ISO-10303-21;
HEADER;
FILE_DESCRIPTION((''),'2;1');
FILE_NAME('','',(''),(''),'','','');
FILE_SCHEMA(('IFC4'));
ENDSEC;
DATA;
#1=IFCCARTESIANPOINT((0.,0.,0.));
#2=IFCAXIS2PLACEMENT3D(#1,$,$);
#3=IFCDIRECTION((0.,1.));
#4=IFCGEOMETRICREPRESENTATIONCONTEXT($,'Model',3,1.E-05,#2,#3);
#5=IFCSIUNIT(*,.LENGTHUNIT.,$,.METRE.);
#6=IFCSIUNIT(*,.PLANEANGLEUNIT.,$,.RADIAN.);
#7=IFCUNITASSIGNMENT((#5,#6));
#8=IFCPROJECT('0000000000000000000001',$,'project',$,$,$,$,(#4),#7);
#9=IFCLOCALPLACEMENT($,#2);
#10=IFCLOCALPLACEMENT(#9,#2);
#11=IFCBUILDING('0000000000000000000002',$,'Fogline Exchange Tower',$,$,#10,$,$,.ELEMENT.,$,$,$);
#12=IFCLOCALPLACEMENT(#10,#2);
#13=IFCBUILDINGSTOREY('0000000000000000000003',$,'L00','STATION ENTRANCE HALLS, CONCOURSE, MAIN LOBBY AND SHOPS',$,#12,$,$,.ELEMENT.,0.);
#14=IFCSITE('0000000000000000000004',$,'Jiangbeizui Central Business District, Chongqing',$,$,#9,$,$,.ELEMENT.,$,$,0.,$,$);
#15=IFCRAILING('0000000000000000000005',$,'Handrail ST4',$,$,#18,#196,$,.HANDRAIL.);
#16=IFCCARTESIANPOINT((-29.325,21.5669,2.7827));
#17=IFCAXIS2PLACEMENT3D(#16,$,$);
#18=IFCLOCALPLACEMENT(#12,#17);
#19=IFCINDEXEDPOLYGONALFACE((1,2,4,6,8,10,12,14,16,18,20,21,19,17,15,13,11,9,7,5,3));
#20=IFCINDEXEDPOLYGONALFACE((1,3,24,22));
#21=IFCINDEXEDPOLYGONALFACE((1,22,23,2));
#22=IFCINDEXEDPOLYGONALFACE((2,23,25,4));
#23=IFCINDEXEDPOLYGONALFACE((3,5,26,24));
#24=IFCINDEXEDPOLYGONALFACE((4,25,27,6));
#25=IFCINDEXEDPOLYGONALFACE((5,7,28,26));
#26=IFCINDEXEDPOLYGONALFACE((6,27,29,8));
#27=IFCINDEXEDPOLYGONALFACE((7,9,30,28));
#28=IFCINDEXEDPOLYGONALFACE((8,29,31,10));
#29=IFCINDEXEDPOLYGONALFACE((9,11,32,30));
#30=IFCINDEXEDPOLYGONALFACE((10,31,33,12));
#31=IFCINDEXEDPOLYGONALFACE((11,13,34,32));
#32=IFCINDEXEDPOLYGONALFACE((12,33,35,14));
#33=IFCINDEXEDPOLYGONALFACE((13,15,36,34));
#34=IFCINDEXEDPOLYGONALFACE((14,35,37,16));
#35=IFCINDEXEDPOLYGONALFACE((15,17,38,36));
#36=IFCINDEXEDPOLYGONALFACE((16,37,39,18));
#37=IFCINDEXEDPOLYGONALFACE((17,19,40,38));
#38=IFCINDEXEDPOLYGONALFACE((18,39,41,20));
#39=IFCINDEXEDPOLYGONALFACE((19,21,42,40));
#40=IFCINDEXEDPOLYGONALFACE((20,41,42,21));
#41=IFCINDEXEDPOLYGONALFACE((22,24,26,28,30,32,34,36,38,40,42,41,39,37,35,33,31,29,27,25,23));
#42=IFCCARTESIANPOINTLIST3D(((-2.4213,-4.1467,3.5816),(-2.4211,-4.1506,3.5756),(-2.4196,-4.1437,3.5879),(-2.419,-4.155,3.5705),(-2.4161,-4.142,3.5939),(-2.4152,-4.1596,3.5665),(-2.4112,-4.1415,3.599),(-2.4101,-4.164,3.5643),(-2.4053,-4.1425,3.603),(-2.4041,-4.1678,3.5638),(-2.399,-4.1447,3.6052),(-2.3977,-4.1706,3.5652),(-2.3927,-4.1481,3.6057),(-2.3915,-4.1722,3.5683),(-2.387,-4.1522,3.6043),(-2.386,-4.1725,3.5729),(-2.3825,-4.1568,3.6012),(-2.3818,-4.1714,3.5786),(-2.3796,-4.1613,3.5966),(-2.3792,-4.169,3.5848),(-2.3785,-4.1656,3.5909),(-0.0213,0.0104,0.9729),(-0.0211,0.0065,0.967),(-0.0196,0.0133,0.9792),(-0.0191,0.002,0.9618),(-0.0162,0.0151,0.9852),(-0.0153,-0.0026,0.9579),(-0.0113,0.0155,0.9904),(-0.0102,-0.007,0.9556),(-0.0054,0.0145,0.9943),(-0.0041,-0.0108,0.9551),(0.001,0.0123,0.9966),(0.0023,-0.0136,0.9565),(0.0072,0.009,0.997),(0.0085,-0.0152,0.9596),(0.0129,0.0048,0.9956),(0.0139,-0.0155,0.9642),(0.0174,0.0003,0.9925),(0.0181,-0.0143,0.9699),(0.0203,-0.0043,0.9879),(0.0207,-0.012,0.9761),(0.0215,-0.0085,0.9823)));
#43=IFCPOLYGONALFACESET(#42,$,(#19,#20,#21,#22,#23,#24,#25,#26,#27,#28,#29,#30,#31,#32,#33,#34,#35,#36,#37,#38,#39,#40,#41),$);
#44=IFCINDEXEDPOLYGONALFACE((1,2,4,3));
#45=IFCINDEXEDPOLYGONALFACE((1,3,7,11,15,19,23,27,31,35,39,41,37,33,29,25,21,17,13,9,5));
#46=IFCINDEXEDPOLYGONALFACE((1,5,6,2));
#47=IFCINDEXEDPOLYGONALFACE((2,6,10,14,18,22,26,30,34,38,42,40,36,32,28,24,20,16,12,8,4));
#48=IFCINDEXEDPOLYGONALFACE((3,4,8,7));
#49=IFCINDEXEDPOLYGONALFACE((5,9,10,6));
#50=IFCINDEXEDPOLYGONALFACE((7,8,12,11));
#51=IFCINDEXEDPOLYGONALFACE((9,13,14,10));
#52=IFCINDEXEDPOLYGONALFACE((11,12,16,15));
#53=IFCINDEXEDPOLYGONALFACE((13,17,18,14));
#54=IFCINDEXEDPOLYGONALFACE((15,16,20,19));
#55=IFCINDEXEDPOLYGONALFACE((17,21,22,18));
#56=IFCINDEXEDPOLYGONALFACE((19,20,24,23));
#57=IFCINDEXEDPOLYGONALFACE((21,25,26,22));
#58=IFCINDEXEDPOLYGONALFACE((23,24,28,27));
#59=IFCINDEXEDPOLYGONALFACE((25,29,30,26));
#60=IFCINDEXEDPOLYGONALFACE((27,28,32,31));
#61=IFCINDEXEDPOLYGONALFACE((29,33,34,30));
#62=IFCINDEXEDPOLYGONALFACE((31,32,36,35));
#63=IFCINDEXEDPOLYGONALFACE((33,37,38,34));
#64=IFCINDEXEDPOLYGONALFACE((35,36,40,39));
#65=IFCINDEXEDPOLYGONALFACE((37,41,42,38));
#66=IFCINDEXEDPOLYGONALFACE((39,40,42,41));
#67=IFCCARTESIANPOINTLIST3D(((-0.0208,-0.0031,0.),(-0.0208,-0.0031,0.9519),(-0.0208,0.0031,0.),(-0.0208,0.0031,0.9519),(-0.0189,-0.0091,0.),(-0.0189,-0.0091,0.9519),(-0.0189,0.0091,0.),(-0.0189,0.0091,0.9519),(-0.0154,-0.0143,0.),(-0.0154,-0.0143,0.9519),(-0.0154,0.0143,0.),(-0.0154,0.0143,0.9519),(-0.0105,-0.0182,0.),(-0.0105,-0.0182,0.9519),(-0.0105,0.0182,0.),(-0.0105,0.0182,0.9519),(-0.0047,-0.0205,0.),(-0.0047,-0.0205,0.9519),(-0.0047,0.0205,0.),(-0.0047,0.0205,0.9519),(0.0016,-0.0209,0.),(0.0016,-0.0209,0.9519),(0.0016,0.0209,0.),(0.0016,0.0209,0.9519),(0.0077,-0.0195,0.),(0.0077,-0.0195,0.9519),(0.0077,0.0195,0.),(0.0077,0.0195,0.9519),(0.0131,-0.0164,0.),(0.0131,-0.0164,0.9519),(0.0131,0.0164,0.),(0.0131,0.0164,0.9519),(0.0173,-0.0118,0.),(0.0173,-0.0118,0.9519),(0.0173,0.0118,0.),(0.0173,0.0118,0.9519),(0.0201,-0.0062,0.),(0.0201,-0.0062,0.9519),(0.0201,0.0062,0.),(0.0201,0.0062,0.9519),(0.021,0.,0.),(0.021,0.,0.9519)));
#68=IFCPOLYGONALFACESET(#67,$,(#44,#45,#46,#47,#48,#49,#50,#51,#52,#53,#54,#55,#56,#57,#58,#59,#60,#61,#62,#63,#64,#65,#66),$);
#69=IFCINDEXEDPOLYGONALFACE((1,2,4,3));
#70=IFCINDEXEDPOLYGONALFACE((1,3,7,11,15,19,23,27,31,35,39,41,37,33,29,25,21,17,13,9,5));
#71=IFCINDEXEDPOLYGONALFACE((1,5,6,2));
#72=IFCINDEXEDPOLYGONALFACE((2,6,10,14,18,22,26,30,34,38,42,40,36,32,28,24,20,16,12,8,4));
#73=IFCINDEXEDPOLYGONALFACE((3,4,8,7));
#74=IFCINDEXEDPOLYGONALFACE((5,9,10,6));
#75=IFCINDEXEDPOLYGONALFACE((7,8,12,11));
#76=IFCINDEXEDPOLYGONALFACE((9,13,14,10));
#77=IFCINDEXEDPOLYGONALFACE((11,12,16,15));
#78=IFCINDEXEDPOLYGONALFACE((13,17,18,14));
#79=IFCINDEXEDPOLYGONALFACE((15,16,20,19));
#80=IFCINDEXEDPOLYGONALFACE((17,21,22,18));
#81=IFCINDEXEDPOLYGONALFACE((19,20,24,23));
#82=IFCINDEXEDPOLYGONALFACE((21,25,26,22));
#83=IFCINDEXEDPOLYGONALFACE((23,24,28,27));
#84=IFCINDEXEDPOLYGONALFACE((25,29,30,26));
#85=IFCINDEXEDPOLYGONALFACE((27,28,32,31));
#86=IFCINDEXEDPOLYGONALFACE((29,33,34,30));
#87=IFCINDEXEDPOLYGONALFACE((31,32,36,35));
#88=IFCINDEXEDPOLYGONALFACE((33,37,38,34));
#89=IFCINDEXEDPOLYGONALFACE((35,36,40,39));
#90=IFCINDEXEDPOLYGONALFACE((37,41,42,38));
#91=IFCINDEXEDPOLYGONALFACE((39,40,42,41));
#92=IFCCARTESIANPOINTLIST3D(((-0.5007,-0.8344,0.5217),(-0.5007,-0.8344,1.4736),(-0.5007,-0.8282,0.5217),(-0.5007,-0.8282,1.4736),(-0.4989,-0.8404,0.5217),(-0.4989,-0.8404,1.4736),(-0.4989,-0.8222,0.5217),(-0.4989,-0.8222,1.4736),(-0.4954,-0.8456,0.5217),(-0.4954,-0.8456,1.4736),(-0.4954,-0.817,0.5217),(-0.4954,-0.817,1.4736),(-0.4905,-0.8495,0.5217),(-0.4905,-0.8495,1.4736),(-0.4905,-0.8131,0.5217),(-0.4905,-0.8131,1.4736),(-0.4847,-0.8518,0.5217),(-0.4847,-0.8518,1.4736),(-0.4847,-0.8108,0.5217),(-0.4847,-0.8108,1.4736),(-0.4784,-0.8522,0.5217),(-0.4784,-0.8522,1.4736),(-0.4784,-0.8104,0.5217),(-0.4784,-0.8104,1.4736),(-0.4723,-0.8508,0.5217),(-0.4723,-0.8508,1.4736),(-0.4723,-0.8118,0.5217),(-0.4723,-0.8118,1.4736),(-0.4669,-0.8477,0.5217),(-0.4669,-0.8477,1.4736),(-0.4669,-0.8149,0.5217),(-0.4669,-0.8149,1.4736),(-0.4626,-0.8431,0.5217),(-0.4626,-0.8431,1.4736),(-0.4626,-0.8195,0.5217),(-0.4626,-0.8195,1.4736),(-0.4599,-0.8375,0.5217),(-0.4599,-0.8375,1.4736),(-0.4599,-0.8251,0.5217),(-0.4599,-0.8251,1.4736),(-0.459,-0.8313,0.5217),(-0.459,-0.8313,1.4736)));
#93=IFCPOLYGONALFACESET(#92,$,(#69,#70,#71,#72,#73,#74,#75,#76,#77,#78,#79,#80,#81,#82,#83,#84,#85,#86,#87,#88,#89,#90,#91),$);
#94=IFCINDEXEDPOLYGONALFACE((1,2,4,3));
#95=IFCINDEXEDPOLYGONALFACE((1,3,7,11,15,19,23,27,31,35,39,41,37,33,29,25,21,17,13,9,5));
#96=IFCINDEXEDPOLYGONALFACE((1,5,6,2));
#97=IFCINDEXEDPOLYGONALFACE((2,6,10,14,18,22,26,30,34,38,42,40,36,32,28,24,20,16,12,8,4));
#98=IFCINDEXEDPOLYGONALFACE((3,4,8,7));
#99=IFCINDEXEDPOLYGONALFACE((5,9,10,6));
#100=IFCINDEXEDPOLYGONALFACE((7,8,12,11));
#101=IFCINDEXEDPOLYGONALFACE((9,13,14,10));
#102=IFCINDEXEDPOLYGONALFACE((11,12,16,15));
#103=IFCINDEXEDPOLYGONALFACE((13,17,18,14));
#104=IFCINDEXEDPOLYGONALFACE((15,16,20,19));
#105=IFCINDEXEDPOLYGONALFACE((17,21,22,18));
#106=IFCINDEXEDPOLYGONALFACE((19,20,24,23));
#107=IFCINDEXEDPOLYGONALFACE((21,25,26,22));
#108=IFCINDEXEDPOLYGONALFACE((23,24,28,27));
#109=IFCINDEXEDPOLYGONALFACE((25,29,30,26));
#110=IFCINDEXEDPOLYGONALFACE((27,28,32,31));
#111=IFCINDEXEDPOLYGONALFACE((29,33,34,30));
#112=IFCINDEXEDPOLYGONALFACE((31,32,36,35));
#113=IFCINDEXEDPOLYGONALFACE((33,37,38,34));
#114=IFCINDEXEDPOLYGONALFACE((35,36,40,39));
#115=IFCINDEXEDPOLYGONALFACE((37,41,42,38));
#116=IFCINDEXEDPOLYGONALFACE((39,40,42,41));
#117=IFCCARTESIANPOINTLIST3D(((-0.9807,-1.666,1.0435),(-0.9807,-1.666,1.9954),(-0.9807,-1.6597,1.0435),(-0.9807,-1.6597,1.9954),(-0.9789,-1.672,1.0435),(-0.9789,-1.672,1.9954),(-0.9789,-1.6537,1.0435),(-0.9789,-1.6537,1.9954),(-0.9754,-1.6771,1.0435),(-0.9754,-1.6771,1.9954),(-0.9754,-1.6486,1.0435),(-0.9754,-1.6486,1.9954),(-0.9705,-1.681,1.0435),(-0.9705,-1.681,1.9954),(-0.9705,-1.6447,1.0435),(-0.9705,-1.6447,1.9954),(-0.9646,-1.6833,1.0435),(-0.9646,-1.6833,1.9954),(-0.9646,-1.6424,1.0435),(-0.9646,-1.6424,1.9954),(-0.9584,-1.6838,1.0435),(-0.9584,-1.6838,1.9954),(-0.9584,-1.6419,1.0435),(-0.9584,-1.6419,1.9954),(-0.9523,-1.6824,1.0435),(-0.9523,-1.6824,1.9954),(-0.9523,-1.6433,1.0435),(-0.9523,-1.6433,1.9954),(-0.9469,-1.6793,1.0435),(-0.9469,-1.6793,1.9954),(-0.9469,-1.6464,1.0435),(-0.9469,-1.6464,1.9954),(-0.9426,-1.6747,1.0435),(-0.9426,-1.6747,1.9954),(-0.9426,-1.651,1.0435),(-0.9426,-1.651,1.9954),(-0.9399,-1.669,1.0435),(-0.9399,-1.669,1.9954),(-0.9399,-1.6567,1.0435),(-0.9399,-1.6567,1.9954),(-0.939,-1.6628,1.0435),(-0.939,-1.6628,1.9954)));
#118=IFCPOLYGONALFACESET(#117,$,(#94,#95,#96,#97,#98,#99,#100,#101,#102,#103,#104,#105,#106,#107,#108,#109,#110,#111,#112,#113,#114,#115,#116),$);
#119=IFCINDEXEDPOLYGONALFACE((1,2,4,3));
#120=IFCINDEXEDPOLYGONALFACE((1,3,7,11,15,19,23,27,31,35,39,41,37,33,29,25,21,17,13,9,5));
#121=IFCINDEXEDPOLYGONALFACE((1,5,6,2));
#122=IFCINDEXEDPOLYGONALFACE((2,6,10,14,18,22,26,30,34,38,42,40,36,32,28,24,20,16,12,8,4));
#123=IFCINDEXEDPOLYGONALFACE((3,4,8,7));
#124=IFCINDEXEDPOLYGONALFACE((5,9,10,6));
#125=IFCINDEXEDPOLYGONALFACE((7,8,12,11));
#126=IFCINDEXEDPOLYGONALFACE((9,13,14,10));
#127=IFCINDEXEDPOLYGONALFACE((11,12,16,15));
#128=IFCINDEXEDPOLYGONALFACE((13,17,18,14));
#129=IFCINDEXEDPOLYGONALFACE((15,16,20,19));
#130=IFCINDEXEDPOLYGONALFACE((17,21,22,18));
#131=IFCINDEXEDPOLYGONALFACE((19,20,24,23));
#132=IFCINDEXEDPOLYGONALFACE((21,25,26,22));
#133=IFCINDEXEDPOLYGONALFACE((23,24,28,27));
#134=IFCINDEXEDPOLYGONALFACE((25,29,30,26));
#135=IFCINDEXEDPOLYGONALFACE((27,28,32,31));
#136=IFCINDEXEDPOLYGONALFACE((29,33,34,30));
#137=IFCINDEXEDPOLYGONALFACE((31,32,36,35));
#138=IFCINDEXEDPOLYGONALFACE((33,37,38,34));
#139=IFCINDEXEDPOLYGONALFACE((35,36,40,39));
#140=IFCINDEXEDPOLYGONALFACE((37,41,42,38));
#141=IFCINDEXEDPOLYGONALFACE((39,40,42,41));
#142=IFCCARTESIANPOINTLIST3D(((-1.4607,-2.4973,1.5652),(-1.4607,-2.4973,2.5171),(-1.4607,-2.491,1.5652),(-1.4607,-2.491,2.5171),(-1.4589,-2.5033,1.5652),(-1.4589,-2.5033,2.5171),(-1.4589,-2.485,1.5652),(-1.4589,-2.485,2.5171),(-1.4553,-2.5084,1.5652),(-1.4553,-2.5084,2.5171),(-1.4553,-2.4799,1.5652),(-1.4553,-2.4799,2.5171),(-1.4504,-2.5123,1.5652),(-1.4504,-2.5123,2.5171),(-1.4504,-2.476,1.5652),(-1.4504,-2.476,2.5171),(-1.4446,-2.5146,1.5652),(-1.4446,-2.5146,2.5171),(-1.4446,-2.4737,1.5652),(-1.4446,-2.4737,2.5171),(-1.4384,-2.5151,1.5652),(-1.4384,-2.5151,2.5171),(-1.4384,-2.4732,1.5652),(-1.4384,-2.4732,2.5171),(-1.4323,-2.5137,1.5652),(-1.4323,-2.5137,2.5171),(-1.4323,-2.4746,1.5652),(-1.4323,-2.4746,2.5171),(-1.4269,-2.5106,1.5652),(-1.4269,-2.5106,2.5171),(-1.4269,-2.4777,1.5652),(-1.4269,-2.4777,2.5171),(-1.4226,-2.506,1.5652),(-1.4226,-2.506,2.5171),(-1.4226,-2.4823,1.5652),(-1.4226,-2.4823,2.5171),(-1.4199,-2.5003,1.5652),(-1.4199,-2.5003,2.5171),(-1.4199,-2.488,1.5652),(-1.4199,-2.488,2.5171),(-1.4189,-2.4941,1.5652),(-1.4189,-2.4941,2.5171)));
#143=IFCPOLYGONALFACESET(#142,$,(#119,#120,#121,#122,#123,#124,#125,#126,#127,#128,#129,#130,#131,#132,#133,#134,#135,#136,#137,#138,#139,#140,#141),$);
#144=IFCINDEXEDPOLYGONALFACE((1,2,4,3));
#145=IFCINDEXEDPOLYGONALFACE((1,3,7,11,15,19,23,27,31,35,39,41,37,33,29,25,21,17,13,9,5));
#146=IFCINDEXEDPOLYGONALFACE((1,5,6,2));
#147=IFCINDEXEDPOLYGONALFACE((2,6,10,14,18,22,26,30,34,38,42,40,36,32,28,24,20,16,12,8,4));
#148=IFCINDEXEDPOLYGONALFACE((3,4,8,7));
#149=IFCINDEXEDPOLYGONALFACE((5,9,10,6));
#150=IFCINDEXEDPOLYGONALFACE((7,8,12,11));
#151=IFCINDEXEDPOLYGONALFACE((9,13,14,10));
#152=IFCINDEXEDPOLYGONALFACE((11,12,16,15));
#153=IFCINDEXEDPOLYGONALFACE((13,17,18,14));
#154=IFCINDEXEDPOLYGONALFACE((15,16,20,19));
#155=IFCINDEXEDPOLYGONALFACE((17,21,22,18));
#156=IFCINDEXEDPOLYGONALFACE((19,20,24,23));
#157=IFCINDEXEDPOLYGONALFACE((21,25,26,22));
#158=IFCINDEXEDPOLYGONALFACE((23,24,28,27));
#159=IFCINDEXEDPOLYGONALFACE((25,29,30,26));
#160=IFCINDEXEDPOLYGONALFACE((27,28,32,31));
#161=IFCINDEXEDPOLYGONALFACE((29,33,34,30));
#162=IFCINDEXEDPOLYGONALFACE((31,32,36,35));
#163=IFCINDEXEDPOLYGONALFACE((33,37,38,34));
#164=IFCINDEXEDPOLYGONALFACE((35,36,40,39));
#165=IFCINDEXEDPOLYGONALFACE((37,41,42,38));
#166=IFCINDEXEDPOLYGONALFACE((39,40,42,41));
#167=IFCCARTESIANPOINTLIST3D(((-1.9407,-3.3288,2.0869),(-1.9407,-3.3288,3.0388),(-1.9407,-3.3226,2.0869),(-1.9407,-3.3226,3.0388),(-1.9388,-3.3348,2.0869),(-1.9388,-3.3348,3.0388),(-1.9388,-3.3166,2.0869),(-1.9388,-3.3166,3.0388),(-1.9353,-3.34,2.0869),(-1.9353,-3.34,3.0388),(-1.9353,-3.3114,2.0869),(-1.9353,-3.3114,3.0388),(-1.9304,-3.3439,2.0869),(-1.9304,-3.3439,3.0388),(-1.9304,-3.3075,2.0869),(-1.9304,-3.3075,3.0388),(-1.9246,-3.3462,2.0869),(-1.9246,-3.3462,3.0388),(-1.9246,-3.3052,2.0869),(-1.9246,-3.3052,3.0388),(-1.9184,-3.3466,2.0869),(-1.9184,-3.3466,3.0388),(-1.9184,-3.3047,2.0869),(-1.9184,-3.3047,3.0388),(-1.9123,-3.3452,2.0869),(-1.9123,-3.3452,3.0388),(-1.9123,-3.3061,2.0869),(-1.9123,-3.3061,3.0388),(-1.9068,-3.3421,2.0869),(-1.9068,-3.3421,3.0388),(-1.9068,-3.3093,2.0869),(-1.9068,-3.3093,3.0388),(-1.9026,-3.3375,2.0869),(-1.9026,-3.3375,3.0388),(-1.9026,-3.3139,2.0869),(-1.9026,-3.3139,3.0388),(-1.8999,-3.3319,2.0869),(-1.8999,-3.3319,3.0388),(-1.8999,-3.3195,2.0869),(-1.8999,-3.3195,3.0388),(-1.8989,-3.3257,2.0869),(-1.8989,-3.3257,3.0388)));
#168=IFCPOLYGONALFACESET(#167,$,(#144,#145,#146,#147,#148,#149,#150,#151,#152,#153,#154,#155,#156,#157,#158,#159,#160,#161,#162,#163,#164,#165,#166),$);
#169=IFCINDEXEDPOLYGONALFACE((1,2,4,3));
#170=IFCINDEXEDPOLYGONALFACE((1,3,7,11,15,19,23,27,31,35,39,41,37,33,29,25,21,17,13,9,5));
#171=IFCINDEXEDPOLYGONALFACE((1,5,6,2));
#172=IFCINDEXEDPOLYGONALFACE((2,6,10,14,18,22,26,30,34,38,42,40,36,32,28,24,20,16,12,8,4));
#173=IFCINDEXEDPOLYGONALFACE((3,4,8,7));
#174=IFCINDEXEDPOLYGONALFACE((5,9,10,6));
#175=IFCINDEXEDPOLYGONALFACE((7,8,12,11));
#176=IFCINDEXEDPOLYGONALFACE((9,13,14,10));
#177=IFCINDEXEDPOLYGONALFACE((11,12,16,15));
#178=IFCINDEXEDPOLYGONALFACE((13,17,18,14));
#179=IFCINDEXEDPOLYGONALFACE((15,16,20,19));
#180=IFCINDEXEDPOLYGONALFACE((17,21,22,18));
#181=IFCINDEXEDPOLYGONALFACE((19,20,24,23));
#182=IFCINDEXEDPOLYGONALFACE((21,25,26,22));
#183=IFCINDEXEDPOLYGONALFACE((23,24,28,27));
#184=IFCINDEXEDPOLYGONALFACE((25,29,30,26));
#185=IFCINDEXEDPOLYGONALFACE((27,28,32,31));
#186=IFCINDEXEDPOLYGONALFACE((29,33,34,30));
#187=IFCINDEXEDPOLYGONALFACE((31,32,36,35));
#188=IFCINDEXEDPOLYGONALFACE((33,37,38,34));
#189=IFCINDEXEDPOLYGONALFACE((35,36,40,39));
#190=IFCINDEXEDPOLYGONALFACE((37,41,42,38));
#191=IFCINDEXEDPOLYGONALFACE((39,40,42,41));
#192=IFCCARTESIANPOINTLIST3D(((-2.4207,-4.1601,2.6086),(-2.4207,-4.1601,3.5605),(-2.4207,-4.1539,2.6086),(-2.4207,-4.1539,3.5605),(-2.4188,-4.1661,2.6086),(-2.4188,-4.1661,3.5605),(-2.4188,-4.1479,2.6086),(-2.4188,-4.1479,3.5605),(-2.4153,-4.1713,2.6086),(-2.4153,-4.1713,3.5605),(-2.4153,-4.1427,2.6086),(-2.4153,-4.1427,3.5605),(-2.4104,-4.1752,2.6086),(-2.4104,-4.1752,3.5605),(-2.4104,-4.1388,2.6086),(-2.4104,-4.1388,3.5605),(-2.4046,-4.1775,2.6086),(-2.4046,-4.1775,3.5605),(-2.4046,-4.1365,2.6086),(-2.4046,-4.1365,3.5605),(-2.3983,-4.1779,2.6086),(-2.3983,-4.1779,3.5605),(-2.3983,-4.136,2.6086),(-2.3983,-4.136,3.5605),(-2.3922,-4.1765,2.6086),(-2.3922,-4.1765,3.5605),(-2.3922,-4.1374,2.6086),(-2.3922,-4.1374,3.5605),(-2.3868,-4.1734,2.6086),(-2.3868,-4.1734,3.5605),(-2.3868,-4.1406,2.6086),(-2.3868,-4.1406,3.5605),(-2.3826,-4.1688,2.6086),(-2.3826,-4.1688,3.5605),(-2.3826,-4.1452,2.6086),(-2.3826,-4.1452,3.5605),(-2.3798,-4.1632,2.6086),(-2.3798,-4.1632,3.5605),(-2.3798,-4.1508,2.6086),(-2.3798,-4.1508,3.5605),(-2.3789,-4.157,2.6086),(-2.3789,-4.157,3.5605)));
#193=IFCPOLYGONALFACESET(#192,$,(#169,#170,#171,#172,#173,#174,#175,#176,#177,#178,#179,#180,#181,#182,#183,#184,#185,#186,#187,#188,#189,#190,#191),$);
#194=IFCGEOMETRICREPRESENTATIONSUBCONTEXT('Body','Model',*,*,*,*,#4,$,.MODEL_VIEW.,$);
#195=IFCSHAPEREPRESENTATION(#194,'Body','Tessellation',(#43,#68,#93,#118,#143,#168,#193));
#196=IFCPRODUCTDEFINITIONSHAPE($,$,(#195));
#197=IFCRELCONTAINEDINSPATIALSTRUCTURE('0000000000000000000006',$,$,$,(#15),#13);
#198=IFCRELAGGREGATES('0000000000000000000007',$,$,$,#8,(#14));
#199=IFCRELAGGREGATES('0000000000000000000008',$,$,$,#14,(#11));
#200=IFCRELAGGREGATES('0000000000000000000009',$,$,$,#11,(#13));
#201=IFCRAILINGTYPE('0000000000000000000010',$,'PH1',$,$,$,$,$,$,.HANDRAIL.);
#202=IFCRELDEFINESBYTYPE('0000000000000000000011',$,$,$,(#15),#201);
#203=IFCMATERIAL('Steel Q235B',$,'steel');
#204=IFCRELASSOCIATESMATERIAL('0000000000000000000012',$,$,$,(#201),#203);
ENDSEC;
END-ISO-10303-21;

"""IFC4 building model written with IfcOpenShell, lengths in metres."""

from ifc_helpers import new_model, si_unit, direction, frame, origin, origin_2d, place, context, subcontext, project, spatial, circle, extrude, material, type_object, element, save


model = new_model("IFC4")

# Units and contexts
model_context = context("Model", 3, precision=1e-05, world=origin(), true_north=direction((0.0, 1.0)))
body_context = subcontext(model_context, "Body", "Model", "MODEL_VIEW")
ifc_project = project(units=[si_unit("LENGTHUNIT", "METRE"), si_unit("PLANEANGLEUNIT", "RADIAN")], contexts=[model_context])

# Site, building, storey
site_placement = place(None, origin())
site = spatial("IfcSite", under=ifc_project, at=site_placement, Name="Jiangbeizui Central Business District, Chongqing", CompositionType="ELEMENT", RefElevation=0.0)
building_placement = place(site_placement, origin())
building = spatial("IfcBuilding", under=site, at=building_placement, Name="Fogline Exchange Tower", CompositionType="ELEMENT")
storey_placement = place(building_placement, origin())
storey = spatial("IfcBuildingStorey", under=building, at=storey_placement, Name="L00", Description="STATION ENTRANCE HALLS, CONCOURSE, MAIN LOBBY AND SHOPS", CompositionType="ELEMENT", Elevation=0.0)

# Shared definitions
ifc_material_1 = material(Name="Steel Q235B", Category="steel")

# Railing
railing_type_1 = type_object("IfcRailingType", Name="PH1", PredefinedType="HANDRAIL", material=ifc_material_1)
for number, where, name in (
    (1, (-29.325, 21.5669, 2.7827), "Handrail ST4"),
):
    element("IfcRailing", number, at=place(storey_placement, frame(where)), inside=storey, type_object=railing_type_1, Name=name, PredefinedType="HANDRAIL", context=body_context, shape_type="SweptSolid", body=[
        extrude(circle(Radius=0.0239, at=origin_2d()), frame((0.0, 0.0, 0.9761), z_axis=(-0.439296, -0.760925, 0.477506), x_axis=(0.866037, -0.499979, 0.0)), (0.0, 0.0, 1.0), 5.4631),
        extrude(circle(Radius=0.021, at=origin_2d()), origin(), (0.0, 0.0, 1.0), 0.9519),
        extrude(circle(Radius=0.021, at=origin_2d()), frame((-0.48, -0.8313, 0.5217)), (0.0, 0.0, 1.0), 0.9519),
        extrude(circle(Radius=0.021, at=origin_2d()), frame((-0.96, -1.6628, 1.0435)), (0.0, 0.0, 1.0), 0.9519),
        extrude(circle(Radius=0.021, at=origin_2d()), frame((-1.4399, -2.4941, 1.5652)), (0.0, 0.0, 1.0), 0.9519),
        extrude(circle(Radius=0.021, at=origin_2d()), frame((-1.9199, -3.3257, 2.0869)), (0.0, 0.0, 1.0), 0.9519),
        extrude(circle(Radius=0.021, at=origin_2d()), frame((-2.3999, -4.157, 2.6086)), (0.0, 0.0, 1.0), 0.9519),
    ])

save(model, "model.ifc")
